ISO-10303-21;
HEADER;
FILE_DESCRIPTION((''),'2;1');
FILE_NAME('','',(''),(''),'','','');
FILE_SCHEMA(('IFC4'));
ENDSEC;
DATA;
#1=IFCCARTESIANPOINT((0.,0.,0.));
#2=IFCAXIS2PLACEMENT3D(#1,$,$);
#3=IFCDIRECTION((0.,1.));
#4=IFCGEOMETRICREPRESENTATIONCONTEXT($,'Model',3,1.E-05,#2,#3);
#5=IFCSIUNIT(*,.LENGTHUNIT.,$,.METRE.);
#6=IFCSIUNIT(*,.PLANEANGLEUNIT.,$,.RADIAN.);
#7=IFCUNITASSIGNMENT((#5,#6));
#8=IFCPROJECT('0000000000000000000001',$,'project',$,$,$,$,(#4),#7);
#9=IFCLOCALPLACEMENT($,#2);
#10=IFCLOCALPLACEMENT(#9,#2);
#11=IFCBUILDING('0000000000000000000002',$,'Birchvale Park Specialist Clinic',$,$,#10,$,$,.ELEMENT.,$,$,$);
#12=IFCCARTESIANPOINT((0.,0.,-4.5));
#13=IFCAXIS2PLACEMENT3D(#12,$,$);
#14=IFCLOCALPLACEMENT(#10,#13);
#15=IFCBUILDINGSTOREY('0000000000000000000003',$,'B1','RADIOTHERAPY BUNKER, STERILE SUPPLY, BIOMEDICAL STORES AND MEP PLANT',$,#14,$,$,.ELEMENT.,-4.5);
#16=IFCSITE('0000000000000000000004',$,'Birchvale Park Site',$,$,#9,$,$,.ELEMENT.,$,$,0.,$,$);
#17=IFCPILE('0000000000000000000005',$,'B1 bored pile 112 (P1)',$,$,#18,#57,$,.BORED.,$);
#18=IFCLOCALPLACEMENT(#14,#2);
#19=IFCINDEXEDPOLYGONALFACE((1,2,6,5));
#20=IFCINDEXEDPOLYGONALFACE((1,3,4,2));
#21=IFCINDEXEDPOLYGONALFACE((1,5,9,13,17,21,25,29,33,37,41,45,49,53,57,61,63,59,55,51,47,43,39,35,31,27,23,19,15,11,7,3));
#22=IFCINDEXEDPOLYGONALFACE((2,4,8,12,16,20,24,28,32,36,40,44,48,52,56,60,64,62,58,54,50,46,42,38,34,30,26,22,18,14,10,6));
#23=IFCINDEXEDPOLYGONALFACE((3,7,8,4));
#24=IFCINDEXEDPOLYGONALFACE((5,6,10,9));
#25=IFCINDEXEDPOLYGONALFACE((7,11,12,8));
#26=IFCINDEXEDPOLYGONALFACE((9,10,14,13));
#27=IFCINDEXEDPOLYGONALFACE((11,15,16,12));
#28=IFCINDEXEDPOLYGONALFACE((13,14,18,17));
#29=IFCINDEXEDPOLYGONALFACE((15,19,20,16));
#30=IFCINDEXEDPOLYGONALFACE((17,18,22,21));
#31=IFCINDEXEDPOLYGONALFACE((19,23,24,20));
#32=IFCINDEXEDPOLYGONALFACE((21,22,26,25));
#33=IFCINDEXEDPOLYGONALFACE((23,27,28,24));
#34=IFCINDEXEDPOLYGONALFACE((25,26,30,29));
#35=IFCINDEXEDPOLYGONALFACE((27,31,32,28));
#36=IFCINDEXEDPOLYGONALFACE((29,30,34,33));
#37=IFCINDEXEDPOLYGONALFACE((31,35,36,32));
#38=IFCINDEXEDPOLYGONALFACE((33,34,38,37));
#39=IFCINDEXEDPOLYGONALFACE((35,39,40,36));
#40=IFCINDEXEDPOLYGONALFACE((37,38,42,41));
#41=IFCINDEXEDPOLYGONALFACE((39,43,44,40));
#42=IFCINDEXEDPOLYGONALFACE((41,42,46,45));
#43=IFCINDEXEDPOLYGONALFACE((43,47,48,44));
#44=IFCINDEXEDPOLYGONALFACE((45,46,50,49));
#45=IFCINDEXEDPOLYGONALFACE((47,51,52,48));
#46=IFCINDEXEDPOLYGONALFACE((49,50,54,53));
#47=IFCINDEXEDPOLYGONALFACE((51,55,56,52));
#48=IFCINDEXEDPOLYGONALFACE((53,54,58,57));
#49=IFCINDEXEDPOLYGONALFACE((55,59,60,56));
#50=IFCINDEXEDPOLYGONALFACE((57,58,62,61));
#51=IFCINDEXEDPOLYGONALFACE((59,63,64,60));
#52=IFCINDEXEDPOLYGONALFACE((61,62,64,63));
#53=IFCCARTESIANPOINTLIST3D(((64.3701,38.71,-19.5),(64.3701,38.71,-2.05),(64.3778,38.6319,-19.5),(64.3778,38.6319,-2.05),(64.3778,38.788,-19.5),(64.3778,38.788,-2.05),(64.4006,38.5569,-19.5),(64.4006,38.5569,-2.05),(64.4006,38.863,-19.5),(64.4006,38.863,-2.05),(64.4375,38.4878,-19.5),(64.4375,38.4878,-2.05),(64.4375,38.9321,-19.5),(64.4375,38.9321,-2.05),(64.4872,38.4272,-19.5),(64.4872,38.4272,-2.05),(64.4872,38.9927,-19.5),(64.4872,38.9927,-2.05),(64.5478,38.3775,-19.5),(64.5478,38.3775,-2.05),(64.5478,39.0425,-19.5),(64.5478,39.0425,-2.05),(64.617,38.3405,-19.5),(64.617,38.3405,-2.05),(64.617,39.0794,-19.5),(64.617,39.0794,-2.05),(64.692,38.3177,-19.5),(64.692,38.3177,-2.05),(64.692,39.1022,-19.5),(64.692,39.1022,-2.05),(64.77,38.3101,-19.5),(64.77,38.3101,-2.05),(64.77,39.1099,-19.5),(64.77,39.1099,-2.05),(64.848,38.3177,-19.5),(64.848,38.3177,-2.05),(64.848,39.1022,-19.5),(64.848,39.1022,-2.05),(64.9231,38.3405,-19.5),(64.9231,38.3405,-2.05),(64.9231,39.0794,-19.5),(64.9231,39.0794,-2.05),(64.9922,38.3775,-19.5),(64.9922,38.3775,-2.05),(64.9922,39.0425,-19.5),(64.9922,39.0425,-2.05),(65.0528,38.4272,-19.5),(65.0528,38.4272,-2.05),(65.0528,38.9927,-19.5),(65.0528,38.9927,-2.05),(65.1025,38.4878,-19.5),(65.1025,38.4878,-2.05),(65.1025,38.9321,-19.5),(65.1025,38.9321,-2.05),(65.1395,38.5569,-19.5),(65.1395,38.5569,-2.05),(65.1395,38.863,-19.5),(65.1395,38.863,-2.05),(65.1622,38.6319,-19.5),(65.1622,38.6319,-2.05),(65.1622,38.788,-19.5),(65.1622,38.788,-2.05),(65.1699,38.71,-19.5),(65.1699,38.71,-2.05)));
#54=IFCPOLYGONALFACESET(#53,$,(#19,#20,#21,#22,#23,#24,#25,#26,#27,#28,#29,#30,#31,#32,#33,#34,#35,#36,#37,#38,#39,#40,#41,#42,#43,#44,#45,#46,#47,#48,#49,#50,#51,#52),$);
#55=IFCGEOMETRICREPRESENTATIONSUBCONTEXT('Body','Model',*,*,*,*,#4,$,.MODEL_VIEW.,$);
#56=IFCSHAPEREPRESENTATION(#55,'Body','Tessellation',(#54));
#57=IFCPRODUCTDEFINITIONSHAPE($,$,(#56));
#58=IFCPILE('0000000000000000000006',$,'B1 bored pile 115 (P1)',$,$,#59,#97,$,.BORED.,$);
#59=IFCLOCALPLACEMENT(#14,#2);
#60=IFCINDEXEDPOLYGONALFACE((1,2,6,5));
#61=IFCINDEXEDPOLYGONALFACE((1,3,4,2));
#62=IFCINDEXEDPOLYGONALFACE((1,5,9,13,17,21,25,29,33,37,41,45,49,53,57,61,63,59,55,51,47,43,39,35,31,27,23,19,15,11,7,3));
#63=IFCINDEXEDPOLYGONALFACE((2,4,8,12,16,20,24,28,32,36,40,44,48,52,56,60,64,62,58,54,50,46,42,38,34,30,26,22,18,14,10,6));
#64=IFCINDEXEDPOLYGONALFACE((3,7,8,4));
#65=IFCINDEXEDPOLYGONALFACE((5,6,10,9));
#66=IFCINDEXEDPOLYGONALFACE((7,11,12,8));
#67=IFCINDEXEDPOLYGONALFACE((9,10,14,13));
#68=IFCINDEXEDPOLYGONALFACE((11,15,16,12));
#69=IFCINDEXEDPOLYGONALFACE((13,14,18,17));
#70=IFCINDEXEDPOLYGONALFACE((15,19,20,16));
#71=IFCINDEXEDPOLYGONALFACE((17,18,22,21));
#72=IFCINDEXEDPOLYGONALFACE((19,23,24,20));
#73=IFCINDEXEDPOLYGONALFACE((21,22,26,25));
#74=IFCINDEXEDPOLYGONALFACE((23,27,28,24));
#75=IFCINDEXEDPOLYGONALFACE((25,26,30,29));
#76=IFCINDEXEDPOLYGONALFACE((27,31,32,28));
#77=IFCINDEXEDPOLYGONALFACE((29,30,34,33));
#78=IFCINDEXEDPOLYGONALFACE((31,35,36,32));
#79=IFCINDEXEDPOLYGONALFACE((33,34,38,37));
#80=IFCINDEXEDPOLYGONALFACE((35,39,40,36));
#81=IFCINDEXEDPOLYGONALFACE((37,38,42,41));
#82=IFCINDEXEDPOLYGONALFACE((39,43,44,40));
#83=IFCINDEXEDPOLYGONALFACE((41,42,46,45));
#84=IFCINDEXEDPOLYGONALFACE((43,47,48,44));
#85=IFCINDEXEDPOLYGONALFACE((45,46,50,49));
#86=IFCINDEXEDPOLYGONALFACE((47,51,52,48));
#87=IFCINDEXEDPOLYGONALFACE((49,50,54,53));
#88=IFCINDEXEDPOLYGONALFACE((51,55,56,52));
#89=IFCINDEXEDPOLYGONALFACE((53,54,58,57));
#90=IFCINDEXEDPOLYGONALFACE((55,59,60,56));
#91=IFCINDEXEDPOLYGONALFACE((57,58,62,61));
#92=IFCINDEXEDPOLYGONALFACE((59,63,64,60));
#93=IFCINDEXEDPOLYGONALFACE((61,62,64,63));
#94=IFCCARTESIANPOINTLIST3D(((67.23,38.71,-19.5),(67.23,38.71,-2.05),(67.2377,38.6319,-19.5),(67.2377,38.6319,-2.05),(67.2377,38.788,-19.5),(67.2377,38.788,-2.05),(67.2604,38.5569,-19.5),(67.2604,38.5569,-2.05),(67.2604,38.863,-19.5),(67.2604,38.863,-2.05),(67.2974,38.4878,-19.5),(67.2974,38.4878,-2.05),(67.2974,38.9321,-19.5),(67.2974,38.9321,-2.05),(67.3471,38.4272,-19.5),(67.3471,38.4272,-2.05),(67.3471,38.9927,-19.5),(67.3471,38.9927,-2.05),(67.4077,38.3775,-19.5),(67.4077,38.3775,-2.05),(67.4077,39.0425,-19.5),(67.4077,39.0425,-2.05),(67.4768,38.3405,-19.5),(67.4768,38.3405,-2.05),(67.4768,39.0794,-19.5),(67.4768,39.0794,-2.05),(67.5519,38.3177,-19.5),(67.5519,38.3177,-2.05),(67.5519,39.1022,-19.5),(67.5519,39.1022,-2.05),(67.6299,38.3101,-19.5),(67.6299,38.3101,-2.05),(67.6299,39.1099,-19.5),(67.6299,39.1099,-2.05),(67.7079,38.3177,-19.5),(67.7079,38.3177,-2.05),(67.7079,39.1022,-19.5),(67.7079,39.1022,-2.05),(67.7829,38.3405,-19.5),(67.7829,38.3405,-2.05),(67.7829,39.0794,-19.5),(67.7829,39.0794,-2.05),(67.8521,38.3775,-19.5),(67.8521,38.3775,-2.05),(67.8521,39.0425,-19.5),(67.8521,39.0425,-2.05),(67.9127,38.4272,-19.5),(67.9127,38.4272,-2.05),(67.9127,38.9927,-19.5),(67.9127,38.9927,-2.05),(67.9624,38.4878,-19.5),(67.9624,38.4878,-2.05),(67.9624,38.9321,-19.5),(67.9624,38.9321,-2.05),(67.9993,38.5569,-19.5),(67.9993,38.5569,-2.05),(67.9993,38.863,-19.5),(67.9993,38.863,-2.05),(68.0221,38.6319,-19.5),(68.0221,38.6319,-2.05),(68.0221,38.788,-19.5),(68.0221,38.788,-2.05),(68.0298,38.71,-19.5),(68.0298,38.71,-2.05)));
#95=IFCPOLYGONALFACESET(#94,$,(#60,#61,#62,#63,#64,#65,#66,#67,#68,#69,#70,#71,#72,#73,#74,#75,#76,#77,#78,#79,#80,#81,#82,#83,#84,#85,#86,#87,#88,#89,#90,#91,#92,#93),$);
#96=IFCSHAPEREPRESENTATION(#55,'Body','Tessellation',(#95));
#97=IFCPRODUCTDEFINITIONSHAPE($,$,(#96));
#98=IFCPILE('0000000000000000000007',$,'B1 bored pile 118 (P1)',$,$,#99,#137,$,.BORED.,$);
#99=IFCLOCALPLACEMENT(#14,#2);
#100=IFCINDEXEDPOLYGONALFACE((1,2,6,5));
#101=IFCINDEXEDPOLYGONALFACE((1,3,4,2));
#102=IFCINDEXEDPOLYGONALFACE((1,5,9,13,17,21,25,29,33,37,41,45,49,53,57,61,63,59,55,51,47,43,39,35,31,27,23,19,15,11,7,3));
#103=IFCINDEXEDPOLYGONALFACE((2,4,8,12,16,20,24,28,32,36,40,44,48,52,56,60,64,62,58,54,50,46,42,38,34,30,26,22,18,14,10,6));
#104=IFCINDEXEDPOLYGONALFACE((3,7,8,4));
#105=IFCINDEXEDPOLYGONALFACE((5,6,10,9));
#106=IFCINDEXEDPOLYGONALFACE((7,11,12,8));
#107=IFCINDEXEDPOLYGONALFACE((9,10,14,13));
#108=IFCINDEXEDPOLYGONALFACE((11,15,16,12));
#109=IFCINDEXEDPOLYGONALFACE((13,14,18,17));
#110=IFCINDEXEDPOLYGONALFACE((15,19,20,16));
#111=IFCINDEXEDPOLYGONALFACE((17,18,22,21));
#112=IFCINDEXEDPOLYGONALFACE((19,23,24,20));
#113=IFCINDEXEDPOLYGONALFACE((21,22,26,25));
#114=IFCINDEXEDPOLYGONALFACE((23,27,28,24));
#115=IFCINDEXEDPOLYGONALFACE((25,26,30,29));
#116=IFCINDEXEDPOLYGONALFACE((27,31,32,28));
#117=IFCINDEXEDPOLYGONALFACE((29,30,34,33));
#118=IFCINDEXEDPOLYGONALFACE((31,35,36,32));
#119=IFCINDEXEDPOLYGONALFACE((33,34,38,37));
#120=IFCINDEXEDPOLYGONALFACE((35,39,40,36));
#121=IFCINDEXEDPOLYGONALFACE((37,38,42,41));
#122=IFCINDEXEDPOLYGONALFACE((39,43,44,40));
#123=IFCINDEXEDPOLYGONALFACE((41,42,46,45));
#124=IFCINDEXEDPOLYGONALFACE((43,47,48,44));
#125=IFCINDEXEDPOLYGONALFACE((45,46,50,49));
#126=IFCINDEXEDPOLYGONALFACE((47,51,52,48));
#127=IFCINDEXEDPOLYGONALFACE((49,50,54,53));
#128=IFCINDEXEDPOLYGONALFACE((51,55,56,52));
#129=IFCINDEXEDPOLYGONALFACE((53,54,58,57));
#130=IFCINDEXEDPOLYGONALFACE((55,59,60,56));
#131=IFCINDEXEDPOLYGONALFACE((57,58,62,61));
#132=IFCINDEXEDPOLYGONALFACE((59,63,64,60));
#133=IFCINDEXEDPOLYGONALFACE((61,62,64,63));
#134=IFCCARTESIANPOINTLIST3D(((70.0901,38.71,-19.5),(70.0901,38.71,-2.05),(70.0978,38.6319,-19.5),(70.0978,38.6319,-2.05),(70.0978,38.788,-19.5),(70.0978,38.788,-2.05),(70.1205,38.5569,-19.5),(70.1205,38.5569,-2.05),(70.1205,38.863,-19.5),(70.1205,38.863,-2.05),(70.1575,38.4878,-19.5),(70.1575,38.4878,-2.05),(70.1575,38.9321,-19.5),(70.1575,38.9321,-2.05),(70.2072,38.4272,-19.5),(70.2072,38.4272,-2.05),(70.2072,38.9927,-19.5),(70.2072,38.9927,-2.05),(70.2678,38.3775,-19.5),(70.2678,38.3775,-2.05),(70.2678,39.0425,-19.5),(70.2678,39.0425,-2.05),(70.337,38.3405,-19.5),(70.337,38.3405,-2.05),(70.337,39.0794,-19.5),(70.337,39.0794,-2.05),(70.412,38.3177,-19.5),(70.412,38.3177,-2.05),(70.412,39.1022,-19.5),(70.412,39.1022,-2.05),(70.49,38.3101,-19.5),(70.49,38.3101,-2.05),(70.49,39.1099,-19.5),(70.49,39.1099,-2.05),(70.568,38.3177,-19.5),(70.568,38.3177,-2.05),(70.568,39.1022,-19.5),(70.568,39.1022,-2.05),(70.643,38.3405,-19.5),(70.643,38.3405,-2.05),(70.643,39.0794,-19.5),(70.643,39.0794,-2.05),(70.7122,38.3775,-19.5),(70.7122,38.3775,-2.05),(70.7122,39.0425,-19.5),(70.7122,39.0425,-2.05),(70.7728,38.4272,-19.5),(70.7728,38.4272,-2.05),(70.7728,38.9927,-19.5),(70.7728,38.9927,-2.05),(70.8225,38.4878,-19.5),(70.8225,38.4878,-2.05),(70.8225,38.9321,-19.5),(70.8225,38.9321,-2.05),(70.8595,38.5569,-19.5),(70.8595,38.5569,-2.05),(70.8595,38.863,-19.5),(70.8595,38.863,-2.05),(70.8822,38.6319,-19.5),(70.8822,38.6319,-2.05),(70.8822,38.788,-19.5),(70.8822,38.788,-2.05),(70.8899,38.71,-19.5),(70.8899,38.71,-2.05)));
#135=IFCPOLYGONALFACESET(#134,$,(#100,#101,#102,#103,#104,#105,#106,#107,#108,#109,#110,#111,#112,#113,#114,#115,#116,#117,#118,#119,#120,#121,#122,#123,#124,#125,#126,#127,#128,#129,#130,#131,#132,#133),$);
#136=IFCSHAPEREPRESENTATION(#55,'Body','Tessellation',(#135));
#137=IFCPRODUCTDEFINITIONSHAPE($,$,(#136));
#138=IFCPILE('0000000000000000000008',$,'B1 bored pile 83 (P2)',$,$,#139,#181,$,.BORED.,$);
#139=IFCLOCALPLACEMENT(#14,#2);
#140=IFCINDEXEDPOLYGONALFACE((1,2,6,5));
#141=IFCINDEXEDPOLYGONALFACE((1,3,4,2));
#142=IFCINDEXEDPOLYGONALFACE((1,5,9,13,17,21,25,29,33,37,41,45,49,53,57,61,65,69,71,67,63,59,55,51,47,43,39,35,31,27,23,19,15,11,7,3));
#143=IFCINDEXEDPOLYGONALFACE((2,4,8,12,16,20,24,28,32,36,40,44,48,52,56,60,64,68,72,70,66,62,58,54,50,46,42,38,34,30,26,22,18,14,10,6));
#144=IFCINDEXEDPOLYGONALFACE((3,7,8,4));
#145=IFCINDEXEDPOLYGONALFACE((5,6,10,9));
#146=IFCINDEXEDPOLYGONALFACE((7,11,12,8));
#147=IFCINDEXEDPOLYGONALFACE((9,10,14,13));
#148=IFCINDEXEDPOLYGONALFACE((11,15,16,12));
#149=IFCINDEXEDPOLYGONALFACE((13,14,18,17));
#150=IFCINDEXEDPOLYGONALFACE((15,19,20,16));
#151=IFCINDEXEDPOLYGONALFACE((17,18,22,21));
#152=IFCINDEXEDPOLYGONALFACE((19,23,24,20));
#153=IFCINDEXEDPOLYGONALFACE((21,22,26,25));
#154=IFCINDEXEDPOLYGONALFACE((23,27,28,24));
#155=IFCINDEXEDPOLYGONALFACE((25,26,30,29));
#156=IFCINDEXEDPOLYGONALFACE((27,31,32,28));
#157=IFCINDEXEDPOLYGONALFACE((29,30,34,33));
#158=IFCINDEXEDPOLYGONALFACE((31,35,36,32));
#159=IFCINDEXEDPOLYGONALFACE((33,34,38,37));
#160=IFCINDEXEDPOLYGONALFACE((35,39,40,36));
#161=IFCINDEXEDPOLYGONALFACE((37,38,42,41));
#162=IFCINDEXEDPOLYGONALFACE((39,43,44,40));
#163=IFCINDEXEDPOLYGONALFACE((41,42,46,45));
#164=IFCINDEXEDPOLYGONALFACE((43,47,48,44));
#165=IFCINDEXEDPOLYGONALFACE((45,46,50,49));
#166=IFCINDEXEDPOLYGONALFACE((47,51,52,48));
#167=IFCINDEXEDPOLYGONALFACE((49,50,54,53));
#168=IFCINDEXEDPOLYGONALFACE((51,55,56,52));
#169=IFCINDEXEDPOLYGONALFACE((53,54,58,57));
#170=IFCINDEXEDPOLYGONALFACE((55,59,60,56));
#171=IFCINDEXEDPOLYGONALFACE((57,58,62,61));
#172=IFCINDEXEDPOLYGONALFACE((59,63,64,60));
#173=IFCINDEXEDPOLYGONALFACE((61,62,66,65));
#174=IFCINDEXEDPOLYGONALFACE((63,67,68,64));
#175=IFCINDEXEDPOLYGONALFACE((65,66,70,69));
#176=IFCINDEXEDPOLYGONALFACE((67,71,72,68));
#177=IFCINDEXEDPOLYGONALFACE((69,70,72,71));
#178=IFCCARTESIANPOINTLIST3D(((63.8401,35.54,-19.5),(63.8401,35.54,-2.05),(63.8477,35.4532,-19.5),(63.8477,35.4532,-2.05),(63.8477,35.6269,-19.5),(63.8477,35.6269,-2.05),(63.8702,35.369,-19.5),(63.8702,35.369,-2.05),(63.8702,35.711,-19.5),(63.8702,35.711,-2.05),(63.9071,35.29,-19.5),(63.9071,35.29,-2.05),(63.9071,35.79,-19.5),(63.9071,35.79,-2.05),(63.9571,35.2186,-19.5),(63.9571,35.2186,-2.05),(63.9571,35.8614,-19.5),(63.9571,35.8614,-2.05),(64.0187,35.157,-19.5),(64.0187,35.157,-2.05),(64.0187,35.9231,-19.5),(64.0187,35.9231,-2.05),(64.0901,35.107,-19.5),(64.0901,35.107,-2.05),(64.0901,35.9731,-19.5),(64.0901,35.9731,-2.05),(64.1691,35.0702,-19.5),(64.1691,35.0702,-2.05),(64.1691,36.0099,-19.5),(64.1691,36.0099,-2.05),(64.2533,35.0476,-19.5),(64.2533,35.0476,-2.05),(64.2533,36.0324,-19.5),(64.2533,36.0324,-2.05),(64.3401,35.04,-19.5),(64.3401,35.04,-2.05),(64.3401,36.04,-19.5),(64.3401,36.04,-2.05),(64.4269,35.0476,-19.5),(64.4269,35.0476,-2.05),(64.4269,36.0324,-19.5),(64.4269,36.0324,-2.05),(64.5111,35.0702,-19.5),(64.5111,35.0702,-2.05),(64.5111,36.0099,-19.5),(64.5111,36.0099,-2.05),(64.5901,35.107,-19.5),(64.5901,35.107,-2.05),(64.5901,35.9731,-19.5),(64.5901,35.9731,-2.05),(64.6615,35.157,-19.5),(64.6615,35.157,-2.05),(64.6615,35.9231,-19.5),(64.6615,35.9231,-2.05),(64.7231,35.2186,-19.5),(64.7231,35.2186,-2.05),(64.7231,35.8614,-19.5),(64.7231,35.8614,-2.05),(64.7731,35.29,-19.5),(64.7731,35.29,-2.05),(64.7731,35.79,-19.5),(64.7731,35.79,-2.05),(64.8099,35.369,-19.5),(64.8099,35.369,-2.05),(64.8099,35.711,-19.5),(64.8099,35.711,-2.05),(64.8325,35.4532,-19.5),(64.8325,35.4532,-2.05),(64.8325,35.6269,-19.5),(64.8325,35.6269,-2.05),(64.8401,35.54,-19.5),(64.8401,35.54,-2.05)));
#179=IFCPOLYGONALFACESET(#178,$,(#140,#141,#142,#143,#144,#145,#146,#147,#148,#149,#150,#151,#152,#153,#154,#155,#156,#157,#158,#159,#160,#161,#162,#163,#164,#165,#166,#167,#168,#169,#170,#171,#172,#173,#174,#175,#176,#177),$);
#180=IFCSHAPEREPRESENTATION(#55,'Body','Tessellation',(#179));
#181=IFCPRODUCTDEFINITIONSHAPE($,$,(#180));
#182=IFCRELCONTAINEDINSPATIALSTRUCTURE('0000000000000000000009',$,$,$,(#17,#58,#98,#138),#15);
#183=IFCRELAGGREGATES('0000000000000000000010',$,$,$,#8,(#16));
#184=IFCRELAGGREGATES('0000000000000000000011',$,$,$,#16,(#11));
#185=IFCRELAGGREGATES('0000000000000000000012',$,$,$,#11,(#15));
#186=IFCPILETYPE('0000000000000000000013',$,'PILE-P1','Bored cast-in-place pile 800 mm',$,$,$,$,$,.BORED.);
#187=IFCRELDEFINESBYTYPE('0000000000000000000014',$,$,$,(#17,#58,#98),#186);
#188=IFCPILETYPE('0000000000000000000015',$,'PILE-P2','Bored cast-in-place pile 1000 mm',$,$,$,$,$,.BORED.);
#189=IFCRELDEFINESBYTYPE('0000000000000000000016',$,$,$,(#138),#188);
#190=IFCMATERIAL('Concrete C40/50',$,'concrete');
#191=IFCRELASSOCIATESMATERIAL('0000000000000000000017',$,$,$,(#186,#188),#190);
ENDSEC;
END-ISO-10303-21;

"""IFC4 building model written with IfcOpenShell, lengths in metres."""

from ifc_helpers import new_model, si_unit, direction, frame, origin, origin_2d, place, context, subcontext, project, spatial, circle, extrude, material, material_profile, profile_set, type_object, element, save


model = new_model("IFC4")

# Units and contexts
model_context = context("Model", 3, precision=1e-05, world=origin(), true_north=direction((0.0, 1.0)))
body_context = subcontext(model_context, "Body", "Model", "MODEL_VIEW")
ifc_project = project(units=[si_unit("LENGTHUNIT", "METRE"), si_unit("PLANEANGLEUNIT", "RADIAN")], contexts=[model_context])

# Site, building, storey
site_placement = place(None, origin())
site = spatial("IfcSite", under=ifc_project, at=site_placement, Name="Birchvale Park Site", CompositionType="ELEMENT", RefElevation=0.0)
building_placement = place(site_placement, origin())
building = spatial("IfcBuilding", under=site, at=building_placement, Name="Birchvale Park Specialist Clinic", CompositionType="ELEMENT")
storey_placement = place(building_placement, frame((0.0, 0.0, -4.5)))
storey = spatial("IfcBuildingStorey", under=building, at=storey_placement, Name="B1", Description="RADIOTHERAPY BUNKER, STERILE SUPPLY, BIOMEDICAL STORES AND MEP PLANT", CompositionType="ELEMENT", Elevation=-4.5)

# Piles
ifc_material_1 = material(Name="Concrete C40/50", Category="concrete")
ifc_material_profile_1 = material_profile(ifc_material_1, circle(Radius=0.3999, at=origin_2d()), Name="PILE-800")
ifc_profile_set_1 = profile_set([ifc_material_profile_1], Name="Concrete C40/50")
pile_type_1 = type_object("IfcPileType", Name="PILE-P1", Description="Bored cast-in-place pile 800 mm", PredefinedType="BORED", material=ifc_profile_set_1)
for number, where, z_axis, x_axis, name in (
    (1, (64.77, 38.71, -2.05), (0.0, 0.0, -1.0), (1.0, 0.0, 0.0), "B1 bored pile 112 (P1)"),
    (2, (67.6299, 38.71, -2.05), (0.0, 0.0, -1.0), (1.0, 0.0, 0.0), "B1 bored pile 115 (P1)"),
    (3, (70.49, 38.71, -2.05), (0.0, 0.0, -1.0), (1.0, 0.0, 0.0), "B1 bored pile 118 (P1)"),
):
    element("IfcPile", number, at=place(storey_placement, frame(where, z_axis=z_axis, x_axis=x_axis)), inside=storey, type_object=pile_type_1, Name=name, PredefinedType="BORED", context=body_context, shape_type="SweptSolid", body=[
        extrude(circle(Radius=0.3999, at=origin_2d()), origin(), (0.0, 0.0, 1.0), 17.45),
    ])
ifc_material_profile_2 = material_profile(ifc_material_1, circle(Radius=0.5, at=origin_2d()), Name="PILE-1000")
ifc_profile_set_2 = profile_set([ifc_material_profile_2], Name="Concrete C40/50")
pile_type_2 = type_object("IfcPileType", Name="PILE-P2", Description="Bored cast-in-place pile 1000 mm", PredefinedType="BORED", material=ifc_profile_set_2)
for number, where, z_axis, x_axis, name in (
    (4, (64.3401, 35.54, -2.05), (0.0, 0.0, -1.0), (1.0, 0.0, 0.0), "B1 bored pile 83 (P2)"),
):
    element("IfcPile", number, at=place(storey_placement, frame(where, z_axis=z_axis, x_axis=x_axis)), inside=storey, type_object=pile_type_2, Name=name, PredefinedType="BORED", context=body_context, shape_type="SweptSolid", body=[
        extrude(circle(Radius=0.5, at=origin_2d()), origin(), (0.0, 0.0, 1.0), 17.45),
    ])

save(model, "model.ifc")
